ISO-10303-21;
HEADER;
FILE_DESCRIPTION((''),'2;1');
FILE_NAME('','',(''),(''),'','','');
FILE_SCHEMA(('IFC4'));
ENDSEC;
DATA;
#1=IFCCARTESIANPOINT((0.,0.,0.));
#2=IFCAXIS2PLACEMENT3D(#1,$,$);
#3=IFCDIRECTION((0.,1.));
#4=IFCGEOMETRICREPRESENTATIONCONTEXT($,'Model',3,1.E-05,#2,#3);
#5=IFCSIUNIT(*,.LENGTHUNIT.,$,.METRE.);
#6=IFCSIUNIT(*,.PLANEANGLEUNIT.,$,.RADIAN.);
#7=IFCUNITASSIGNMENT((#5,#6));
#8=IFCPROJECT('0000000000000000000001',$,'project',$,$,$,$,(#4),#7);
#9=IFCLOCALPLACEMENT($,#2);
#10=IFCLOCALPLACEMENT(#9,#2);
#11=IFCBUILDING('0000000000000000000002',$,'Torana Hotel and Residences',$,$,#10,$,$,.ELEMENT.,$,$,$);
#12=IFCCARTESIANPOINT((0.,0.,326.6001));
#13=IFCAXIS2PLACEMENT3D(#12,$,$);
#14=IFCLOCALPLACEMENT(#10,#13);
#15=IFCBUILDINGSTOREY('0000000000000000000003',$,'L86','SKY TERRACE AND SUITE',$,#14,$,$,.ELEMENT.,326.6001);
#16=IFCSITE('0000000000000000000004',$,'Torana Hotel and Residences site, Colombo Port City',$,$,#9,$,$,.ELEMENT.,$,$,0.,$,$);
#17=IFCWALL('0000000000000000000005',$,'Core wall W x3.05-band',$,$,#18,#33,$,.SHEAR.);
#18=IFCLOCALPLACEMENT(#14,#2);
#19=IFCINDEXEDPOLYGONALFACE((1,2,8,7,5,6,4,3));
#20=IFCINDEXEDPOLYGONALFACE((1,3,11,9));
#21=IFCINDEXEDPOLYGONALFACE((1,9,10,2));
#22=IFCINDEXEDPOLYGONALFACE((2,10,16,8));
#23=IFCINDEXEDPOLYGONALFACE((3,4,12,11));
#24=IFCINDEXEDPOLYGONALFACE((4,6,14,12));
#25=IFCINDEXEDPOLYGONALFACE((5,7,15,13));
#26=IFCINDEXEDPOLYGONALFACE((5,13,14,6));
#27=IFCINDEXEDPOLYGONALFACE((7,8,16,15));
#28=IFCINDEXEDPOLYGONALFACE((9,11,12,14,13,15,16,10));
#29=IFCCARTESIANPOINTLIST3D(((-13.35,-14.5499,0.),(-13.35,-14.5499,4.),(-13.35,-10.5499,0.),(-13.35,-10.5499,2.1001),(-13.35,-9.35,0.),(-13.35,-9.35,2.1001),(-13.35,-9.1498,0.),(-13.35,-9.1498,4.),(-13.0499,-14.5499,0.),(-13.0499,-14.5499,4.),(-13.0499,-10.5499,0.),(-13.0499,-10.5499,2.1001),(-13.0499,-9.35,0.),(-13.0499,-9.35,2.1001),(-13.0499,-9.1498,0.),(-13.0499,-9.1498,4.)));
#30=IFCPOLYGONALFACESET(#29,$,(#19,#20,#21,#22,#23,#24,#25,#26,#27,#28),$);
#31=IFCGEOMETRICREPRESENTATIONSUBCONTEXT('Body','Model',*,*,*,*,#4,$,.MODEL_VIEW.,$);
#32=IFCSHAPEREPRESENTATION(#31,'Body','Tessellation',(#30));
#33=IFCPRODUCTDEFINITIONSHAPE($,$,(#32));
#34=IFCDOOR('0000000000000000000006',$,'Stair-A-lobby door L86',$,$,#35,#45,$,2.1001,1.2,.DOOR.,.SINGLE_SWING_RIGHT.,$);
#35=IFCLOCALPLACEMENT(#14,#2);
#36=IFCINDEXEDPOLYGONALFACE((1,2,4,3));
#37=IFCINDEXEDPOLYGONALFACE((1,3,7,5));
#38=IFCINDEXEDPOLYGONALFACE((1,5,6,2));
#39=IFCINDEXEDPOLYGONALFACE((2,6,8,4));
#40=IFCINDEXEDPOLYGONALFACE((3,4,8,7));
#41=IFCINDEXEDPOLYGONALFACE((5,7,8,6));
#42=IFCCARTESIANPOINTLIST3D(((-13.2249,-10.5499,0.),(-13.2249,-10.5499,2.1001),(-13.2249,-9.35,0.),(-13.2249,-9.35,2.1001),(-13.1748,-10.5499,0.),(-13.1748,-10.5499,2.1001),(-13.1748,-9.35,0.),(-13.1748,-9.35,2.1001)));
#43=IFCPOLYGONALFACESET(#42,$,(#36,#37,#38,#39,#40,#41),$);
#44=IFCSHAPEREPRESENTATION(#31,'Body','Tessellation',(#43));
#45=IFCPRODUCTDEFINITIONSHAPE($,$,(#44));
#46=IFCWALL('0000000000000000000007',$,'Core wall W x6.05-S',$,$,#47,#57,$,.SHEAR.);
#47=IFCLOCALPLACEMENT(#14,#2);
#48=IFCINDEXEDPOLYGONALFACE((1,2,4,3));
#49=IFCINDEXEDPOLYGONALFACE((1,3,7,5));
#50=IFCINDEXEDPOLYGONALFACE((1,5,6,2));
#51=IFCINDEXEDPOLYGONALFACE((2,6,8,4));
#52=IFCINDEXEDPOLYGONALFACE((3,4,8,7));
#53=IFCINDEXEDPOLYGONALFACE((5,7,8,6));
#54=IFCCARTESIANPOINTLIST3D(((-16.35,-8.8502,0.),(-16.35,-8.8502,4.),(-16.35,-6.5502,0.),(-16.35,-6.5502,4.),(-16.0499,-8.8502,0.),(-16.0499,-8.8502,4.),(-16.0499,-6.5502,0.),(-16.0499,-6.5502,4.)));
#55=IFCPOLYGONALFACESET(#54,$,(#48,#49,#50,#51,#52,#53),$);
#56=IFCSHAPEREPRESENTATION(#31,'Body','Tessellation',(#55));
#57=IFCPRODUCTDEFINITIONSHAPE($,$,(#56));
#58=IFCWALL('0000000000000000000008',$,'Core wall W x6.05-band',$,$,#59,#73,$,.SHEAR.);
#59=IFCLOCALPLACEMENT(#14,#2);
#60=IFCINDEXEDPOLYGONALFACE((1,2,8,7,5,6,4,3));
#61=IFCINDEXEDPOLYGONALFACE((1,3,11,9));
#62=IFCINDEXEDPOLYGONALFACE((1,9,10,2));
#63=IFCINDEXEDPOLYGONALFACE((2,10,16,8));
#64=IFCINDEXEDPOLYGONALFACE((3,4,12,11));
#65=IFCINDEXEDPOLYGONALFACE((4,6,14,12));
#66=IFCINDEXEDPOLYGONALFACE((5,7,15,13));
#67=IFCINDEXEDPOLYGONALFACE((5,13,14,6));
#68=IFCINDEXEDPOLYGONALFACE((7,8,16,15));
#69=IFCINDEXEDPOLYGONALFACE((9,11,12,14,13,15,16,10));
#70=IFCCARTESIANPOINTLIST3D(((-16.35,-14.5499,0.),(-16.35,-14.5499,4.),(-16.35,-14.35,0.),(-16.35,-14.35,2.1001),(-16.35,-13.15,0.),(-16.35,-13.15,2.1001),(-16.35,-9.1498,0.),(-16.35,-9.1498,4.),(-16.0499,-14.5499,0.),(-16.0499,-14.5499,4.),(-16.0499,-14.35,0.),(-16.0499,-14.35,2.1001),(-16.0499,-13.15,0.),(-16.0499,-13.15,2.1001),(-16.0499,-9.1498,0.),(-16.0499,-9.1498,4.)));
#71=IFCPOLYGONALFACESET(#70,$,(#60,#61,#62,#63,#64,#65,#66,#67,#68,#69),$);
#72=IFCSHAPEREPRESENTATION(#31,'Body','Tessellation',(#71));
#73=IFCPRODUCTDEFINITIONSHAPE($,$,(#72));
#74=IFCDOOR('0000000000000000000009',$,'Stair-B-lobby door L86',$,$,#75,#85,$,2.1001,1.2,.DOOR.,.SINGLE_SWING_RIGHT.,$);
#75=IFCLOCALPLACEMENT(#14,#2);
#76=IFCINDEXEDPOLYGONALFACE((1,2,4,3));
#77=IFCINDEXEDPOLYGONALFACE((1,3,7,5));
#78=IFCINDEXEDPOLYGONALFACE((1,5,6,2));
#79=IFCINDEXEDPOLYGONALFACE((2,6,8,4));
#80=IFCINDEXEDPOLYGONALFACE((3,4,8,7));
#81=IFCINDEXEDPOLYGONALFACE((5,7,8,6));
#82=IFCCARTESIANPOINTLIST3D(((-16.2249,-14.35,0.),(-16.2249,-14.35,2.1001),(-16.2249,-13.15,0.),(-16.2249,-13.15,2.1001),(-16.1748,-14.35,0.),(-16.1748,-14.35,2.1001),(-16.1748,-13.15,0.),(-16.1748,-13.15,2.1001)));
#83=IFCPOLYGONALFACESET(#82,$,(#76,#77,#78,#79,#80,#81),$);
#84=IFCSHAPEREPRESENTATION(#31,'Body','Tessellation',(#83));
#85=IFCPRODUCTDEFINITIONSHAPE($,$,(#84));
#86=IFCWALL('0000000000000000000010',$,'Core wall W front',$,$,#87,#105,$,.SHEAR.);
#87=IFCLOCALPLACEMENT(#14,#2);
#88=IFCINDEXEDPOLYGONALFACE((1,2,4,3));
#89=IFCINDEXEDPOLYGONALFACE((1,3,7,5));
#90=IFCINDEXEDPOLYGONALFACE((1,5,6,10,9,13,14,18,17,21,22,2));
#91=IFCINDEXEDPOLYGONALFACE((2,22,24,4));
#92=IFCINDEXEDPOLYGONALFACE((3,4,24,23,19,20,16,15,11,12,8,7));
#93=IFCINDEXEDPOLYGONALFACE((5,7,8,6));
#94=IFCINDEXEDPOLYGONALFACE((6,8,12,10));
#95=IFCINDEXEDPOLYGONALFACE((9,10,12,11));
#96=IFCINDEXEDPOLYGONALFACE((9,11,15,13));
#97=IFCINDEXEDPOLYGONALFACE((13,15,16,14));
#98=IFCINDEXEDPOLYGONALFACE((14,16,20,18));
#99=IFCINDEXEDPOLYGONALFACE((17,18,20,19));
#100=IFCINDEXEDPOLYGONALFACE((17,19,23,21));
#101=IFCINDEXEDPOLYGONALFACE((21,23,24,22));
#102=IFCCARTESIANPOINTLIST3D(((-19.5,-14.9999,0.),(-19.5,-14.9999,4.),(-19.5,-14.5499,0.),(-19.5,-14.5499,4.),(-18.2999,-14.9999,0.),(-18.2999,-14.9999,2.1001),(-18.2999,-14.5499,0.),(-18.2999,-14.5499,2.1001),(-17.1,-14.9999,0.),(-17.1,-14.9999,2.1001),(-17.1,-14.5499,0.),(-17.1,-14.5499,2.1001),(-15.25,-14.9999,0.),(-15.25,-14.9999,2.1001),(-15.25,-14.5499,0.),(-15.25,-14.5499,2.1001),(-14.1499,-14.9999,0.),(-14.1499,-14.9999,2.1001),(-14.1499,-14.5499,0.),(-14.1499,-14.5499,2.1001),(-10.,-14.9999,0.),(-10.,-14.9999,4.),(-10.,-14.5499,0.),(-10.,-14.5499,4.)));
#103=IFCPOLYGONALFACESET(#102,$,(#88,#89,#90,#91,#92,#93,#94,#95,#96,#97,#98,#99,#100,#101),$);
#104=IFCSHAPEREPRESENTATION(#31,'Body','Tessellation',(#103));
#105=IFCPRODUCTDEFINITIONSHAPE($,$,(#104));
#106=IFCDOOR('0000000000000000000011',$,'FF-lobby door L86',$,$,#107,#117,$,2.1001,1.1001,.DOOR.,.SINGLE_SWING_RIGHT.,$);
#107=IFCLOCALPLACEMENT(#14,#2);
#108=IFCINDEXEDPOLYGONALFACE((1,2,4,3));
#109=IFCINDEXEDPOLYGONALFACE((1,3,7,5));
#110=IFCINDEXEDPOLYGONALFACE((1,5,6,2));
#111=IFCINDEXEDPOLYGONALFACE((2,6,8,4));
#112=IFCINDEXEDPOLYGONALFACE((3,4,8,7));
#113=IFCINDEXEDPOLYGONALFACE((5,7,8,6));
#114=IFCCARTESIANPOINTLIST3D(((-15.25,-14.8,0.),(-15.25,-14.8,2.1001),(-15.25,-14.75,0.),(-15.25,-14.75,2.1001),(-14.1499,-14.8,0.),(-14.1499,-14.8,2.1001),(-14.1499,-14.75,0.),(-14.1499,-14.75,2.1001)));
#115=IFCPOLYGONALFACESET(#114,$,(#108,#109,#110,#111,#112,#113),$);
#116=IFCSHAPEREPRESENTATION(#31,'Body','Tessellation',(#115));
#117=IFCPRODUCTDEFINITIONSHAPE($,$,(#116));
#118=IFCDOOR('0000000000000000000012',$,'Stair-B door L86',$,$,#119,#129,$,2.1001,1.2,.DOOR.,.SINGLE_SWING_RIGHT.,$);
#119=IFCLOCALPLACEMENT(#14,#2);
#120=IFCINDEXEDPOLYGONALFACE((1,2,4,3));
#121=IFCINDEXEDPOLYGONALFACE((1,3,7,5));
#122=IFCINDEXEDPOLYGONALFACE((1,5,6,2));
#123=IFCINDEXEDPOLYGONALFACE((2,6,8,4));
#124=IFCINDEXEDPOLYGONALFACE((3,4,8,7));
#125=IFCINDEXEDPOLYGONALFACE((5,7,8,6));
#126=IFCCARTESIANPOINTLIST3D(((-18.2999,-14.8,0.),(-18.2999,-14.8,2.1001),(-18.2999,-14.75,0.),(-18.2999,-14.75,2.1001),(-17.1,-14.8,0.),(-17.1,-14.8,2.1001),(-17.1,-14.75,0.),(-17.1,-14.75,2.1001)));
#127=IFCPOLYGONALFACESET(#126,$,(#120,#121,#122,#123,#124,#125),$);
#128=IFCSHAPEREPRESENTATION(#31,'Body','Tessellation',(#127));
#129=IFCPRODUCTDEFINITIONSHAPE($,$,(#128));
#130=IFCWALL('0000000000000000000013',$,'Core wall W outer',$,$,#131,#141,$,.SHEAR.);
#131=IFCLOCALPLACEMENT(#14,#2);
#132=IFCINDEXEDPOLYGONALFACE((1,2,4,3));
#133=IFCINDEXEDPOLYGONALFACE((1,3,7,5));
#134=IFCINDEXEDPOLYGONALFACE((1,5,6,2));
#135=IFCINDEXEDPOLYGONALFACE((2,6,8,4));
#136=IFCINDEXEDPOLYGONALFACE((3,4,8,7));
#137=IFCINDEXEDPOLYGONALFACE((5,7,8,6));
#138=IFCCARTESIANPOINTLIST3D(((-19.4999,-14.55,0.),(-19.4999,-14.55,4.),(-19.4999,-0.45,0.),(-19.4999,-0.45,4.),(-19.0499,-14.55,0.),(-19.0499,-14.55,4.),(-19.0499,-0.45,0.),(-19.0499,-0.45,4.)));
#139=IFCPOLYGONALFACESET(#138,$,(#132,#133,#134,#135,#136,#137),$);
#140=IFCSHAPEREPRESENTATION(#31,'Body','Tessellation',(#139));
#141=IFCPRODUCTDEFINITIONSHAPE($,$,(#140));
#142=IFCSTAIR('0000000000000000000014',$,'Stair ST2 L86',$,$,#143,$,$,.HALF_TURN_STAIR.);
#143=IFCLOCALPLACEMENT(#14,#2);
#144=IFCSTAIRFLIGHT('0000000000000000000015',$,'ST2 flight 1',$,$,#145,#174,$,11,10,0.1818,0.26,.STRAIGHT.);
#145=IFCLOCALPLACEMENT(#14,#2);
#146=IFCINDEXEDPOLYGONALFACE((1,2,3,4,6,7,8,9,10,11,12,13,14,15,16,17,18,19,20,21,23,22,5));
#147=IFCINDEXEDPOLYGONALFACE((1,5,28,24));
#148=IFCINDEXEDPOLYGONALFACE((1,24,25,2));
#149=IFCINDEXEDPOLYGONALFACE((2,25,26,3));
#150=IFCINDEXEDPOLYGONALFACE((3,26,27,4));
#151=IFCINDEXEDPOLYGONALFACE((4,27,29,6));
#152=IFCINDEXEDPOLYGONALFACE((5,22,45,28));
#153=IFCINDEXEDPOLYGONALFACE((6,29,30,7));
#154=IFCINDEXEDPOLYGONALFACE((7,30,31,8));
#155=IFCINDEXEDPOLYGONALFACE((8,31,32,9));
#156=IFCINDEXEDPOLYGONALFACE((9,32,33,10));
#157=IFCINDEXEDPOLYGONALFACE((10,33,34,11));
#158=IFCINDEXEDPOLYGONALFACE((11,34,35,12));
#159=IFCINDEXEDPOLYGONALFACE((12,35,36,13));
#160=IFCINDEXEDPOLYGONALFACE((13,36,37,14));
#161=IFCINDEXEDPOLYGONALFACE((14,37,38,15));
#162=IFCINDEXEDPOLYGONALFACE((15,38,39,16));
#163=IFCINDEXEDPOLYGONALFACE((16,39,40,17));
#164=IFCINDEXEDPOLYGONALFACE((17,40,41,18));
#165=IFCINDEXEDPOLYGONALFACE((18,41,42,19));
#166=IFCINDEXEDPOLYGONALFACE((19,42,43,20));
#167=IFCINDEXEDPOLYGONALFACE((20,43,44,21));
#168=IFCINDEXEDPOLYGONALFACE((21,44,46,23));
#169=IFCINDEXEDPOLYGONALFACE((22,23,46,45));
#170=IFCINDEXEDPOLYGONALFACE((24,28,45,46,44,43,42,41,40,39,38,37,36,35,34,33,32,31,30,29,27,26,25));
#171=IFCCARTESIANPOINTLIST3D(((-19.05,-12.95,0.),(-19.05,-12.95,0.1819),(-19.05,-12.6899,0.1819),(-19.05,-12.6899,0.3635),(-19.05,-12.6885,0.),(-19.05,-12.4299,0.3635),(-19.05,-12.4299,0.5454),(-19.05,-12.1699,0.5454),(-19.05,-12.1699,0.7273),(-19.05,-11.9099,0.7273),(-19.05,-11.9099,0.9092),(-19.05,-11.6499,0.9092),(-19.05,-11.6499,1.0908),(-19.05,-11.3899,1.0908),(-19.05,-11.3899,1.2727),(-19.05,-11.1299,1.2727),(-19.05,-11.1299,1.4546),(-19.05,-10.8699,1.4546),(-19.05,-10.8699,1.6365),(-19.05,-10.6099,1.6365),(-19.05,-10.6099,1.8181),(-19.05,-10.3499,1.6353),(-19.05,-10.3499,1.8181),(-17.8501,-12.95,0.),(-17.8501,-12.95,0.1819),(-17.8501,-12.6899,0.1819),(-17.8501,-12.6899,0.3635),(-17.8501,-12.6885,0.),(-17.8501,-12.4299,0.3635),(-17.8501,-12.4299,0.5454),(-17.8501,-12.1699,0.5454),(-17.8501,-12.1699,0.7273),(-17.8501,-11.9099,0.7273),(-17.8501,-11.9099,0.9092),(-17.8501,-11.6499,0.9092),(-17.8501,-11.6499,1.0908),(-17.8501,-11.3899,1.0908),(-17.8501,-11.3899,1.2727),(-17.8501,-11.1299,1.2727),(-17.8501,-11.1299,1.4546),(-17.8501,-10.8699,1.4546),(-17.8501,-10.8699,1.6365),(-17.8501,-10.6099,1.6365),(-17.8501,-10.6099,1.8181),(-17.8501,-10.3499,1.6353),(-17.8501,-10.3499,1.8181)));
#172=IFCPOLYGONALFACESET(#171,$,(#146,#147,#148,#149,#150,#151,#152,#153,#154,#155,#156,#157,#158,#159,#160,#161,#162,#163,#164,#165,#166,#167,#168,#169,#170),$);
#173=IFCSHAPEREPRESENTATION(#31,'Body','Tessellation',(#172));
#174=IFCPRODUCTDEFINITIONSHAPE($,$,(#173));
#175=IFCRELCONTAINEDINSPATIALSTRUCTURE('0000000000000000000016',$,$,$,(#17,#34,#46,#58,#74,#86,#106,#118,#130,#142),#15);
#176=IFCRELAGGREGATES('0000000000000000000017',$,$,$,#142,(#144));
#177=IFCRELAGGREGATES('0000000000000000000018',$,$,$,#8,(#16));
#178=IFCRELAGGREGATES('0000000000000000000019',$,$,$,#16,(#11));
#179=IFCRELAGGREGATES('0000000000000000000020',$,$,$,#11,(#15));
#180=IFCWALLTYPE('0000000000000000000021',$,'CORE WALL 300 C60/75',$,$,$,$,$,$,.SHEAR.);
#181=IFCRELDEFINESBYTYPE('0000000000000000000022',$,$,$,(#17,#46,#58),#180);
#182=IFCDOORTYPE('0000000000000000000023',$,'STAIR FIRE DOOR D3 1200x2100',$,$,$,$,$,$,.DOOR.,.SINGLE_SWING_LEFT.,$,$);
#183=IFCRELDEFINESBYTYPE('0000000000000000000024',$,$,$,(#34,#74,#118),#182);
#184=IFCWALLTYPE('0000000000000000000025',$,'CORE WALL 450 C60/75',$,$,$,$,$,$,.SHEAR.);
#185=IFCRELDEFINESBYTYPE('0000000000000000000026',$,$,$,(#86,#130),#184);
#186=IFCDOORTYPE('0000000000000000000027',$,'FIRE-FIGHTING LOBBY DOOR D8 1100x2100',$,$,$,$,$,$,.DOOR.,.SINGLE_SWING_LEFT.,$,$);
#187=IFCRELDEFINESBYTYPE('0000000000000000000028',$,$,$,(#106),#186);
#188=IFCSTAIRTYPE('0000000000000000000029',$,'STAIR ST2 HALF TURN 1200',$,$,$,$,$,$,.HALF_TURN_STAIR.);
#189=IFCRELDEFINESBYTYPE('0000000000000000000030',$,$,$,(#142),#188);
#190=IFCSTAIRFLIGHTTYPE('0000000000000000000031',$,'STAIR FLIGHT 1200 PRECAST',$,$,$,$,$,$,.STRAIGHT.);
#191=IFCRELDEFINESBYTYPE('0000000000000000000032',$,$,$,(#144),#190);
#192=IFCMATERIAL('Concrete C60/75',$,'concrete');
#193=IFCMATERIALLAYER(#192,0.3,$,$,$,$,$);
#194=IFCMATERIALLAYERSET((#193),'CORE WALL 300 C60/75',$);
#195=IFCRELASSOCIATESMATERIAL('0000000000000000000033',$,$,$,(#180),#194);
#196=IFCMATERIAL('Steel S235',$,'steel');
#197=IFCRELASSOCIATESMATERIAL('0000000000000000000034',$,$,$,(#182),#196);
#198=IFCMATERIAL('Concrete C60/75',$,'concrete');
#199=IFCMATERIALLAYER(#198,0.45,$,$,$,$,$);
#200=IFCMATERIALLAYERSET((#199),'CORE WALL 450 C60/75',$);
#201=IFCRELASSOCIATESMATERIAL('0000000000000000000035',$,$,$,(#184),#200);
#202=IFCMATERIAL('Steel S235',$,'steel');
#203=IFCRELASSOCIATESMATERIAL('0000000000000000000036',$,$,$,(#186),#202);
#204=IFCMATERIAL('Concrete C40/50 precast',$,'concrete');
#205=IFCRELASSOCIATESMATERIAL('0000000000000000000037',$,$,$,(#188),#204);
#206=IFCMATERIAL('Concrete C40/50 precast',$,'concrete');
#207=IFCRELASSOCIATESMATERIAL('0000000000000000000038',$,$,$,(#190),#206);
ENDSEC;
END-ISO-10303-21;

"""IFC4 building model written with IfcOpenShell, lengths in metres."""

from ifc_helpers import new_model, si_unit, direction, frame, frame_2d, origin, place, context, subcontext, project, spatial, polyline, rectangle, outline, extrude, material, layer, layer_set, type_object, element, fill, aggregate, save


model = new_model("IFC4")

# Units and contexts
model_context = context("Model", 3, precision=1e-05, world=origin(), true_north=direction((0.0, 1.0)))
body_context = subcontext(model_context, "Body", "Model", "MODEL_VIEW")
ifc_project = project(units=[si_unit("LENGTHUNIT", "METRE"), si_unit("PLANEANGLEUNIT", "RADIAN")], contexts=[model_context])

# Site, building, storey
site_placement = place(None, origin())
site = spatial("IfcSite", under=ifc_project, at=site_placement, Name="Torana Hotel and Residences site, Colombo Port City", CompositionType="ELEMENT", RefElevation=0.0)
building_placement = place(site_placement, origin())
building = spatial("IfcBuilding", under=site, at=building_placement, Name="Torana Hotel and Residences", CompositionType="ELEMENT")
storey_placement = place(building_placement, frame((0.0, 0.0, 326.6001)))
storey = spatial("IfcBuildingStorey", under=building, at=storey_placement, Name="L86", Description="SKY TERRACE AND SUITE", CompositionType="ELEMENT", Elevation=326.6001)

# Wall, opening, door
ifc_material_1 = material(Name="Concrete C60/75", Category="concrete")
ifc_layer_1 = layer(ifc_material_1, 0.3)
ifc_layer_set_1 = layer_set([ifc_layer_1], Name="CORE WALL 300 C60/75")
wall_type_1 = type_object("IfcWallType", Name="CORE WALL 300 C60/75", PredefinedType="SHEAR", material=ifc_layer_set_1)
wall_1_placement = place(storey_placement, frame((-13.2, -14.55, 0.0), z_axis=(0.0, 0.0, 1.0), x_axis=(0.0, 1.0, 0.0)))
wall_1 = element("IfcWall", 1, at=wall_1_placement, inside=storey, type_object=wall_type_1, Name="Core wall W x3.05-band", PredefinedType="SHEAR", context=body_context, shape_type="SweptSolid", body=[
    extrude(rectangle(XDim=5.4001, YDim=0.3, at=frame_2d((2.7002, 0.0))), origin(), (0.0, 0.0, 1.0), 4.0),
])
opening_1_placement = place(wall_1_placement, frame((4.0, 0.0, 0.0)))
opening_1 = element("IfcOpeningElement", 2, at=opening_1_placement, cuts=wall_1, PredefinedType="OPENING", context=body_context, shape_type="SweptSolid", body=[
    extrude(rectangle(XDim=1.2, YDim=2.1001, at=frame_2d((0.6001, 1.05))), frame((0.0, 0.1599, 0.0), z_axis=(0.0, -1.0, 0.0), x_axis=(1.0, 0.0, 0.0)), (0.0, 0.0, 1.0), 0.3201),
])
ifc_material_2 = material(Name="Steel S235", Category="steel")
door_type_1 = type_object("IfcDoorType", Name="STAIR FIRE DOOR D3 1200x2100", OperationType="SINGLE_SWING_LEFT", PredefinedType="DOOR", material=ifc_material_2)
door_1_placement = place(opening_1_placement, frame((0.6001, 0.0, 0.0), z_axis=(0.0, 0.0, 1.0), x_axis=(-1.0, 0.0, 0.0)))
door_1 = element("IfcDoor", 3, at=door_1_placement, inside=storey, type_object=door_type_1, Name="Stair-A-lobby door L86", OperationType="SINGLE_SWING_RIGHT", OverallHeight=2.1001, OverallWidth=1.2, PredefinedType="DOOR", context=body_context, shape_type="SweptSolid", body=[
    extrude(rectangle(XDim=1.2, YDim=2.1001, at=frame_2d((0.0, 1.05))), frame((0.0, -0.0249, 0.0), z_axis=(0.0, 1.0, 0.0), x_axis=(-1.0, 0.0, 0.0)), (0.0, 0.0, 1.0), 0.05),
])
fill(opening_1, door_1)

# Wall
wall_2_placement = place(storey_placement, frame((-16.2, -8.8501, 0.0), z_axis=(0.0, 0.0, 1.0), x_axis=(0.0, 1.0, 0.0)))
element("IfcWall", 4, at=wall_2_placement, inside=storey, type_object=wall_type_1, Name="Core wall W x6.05-S", PredefinedType="SHEAR", context=body_context, shape_type="SweptSolid", body=[
    extrude(rectangle(XDim=2.3, YDim=0.3, at=frame_2d((1.1499, 0.0))), origin(), (0.0, 0.0, 1.0), 4.0),
])

# Wall, opening, door
wall_3_placement = place(storey_placement, frame((-16.2, -14.55, 0.0), z_axis=(0.0, 0.0, 1.0), x_axis=(0.0, 1.0, 0.0)))
wall_3 = element("IfcWall", 5, at=wall_3_placement, inside=storey, type_object=wall_type_1, Name="Core wall W x6.05-band", PredefinedType="SHEAR", context=body_context, shape_type="SweptSolid", body=[
    extrude(rectangle(XDim=5.4001, YDim=0.3, at=frame_2d((2.7002, 0.0))), origin(), (0.0, 0.0, 1.0), 4.0),
])
opening_2_placement = place(wall_3_placement, frame((0.2, 0.0, 0.0)))
opening_2 = element("IfcOpeningElement", 6, at=opening_2_placement, cuts=wall_3, PredefinedType="OPENING", context=body_context, shape_type="SweptSolid", body=[
    extrude(rectangle(XDim=1.2, YDim=2.1001, at=frame_2d((0.6001, 1.05))), frame((0.0, 0.1599, 0.0), z_axis=(0.0, -1.0, 0.0), x_axis=(1.0, 0.0, 0.0)), (0.0, 0.0, 1.0), 0.3201),
])
door_2_placement = place(opening_2_placement, origin())
door_2 = element("IfcDoor", 7, at=door_2_placement, inside=storey, type_object=door_type_1, Name="Stair-B-lobby door L86", OperationType="SINGLE_SWING_RIGHT", OverallHeight=2.1001, OverallWidth=1.2, PredefinedType="DOOR", context=body_context, shape_type="SweptSolid", body=[
    extrude(rectangle(XDim=1.2, YDim=2.1001, at=frame_2d((0.6001, 1.05))), frame((0.0, 0.0249, 0.0), z_axis=(0.0, -1.0, 0.0), x_axis=(1.0, 0.0, 0.0)), (0.0, 0.0, 1.0), 0.05),
])
fill(opening_2, door_2)

# Wall, openings, doors
ifc_material_3 = material(Name="Concrete C60/75", Category="concrete")
ifc_layer_2 = layer(ifc_material_3, 0.45)
ifc_layer_set_2 = layer_set([ifc_layer_2], Name="CORE WALL 450 C60/75")
wall_type_2 = type_object("IfcWallType", Name="CORE WALL 450 C60/75", PredefinedType="SHEAR", material=ifc_layer_set_2)
wall_4_placement = place(storey_placement, frame((-19.5, -14.7749, 0.0), z_axis=(0.0, 0.0, 1.0), x_axis=(1.0, 0.0, 0.0)))
wall_4 = element("IfcWall", 8, at=wall_4_placement, inside=storey, type_object=wall_type_2, Name="Core wall W front", PredefinedType="SHEAR", context=body_context, shape_type="SweptSolid", body=[
    extrude(rectangle(XDim=9.5, YDim=0.45, at=frame_2d((4.75, 0.0))), origin(), (0.0, 0.0, 1.0), 4.0),
])
opening_3_placement = place(wall_4_placement, frame((1.2, 0.0, 0.0)))
opening_3 = element("IfcOpeningElement", 9, at=opening_3_placement, cuts=wall_4, PredefinedType="OPENING", context=body_context, shape_type="SweptSolid", body=[
    extrude(rectangle(XDim=1.2, YDim=2.1001, at=frame_2d((0.6001, 1.05))), frame((0.0, 0.2349, 0.0), z_axis=(0.0, -1.0, 0.0), x_axis=(1.0, 0.0, 0.0)), (0.0, 0.0, 1.0), 0.47),
])
opening_4_placement = place(wall_4_placement, frame((4.25, 0.0, 0.0)))
opening_4 = element("IfcOpeningElement", 10, at=opening_4_placement, cuts=wall_4, PredefinedType="OPENING", context=body_context, shape_type="SweptSolid", body=[
    extrude(rectangle(XDim=1.1001, YDim=2.1001, at=frame_2d((0.55, 1.05))), frame((0.0, 0.2349, 0.0), z_axis=(0.0, -1.0, 0.0), x_axis=(1.0, 0.0, 0.0)), (0.0, 0.0, 1.0), 0.47),
])
ifc_material_4 = material(Name="Steel S235", Category="steel")
door_type_2 = type_object("IfcDoorType", Name="FIRE-FIGHTING LOBBY DOOR D8 1100x2100", OperationType="SINGLE_SWING_LEFT", PredefinedType="DOOR", material=ifc_material_4)
door_3_placement = place(opening_4_placement, origin())
door_3 = element("IfcDoor", 11, at=door_3_placement, inside=storey, type_object=door_type_2, Name="FF-lobby door L86", OperationType="SINGLE_SWING_RIGHT", OverallHeight=2.1001, OverallWidth=1.1001, PredefinedType="DOOR", context=body_context, shape_type="SweptSolid", body=[
    extrude(rectangle(XDim=1.1001, YDim=2.1001, at=frame_2d((0.55, 1.05))), frame((0.0, 0.0249, 0.0), z_axis=(0.0, -1.0, 0.0), x_axis=(1.0, 0.0, 0.0)), (0.0, 0.0, 1.0), 0.05),
])
fill(opening_4, door_3)
door_4_placement = place(opening_3_placement, origin())
door_4 = element("IfcDoor", 12, at=door_4_placement, inside=storey, type_object=door_type_1, Name="Stair-B door L86", OperationType="SINGLE_SWING_RIGHT", OverallHeight=2.1001, OverallWidth=1.2, PredefinedType="DOOR", context=body_context, shape_type="SweptSolid", body=[
    extrude(rectangle(XDim=1.2, YDim=2.1001, at=frame_2d((0.6001, 1.05))), frame((0.0, 0.0249, 0.0), z_axis=(0.0, -1.0, 0.0), x_axis=(1.0, 0.0, 0.0)), (0.0, 0.0, 1.0), 0.05),
])
fill(opening_3, door_4)

# Wall
wall_5_placement = place(storey_placement, frame((-19.2749, -14.55, 0.0), z_axis=(0.0, 0.0, 1.0), x_axis=(0.0, 1.0, 0.0)))
element("IfcWall", 13, at=wall_5_placement, inside=storey, type_object=wall_type_2, Name="Core wall W outer", PredefinedType="SHEAR", context=body_context, shape_type="SweptSolid", body=[
    extrude(rectangle(XDim=14.1001, YDim=0.45, at=frame_2d((7.05, 0.0))), origin(), (0.0, 0.0, 1.0), 4.0),
])

# Stair, stair flight
ifc_material_5 = material(Name="Concrete C40/50 precast", Category="concrete")
stair_type = type_object("IfcStairType", Name="STAIR ST2 HALF TURN 1200", PredefinedType="HALF_TURN_STAIR", material=ifc_material_5)
stair_placement = place(storey_placement, origin())
stair = element("IfcStair", 14, at=stair_placement, inside=storey, type_object=stair_type, Name="Stair ST2 L86", PredefinedType="HALF_TURN_STAIR")
ifc_material_6 = material(Name="Concrete C40/50 precast", Category="concrete")
stair_flight_type = type_object("IfcStairFlightType", Name="STAIR FLIGHT 1200 PRECAST", PredefinedType="STRAIGHT", material=ifc_material_6)
stair_flight_1_placement = place(storey_placement, frame((-18.45, -12.95, 0.0), z_axis=(0.0, 0.0, 1.0), x_axis=(0.0, 1.0, 0.0)))
stair_flight_1 = element("IfcStairFlight", 15, at=stair_flight_1_placement, type_object=stair_flight_type, Name="ST2 flight 1", NumberOfRisers=11, NumberOfTreads=10, PredefinedType="STRAIGHT", RiserHeight=0.1818, TreadLength=0.26, context=body_context, shape_type="SweptSolid", body=[
    extrude(outline(polyline([(0.0, 0.0), (0.0, 0.1819), (0.26, 0.1819), (0.26, 0.3635), (0.52, 0.3635), (0.52, 0.5454), (0.78, 0.5454), (0.78, 0.7273), (1.04, 0.7273), (1.04, 0.9092), (1.3, 0.9092), (1.3, 1.0908), (1.5601, 1.0908), (1.5601, 1.2727), (1.8201, 1.2727), (1.8201, 1.4546), (2.0801, 1.4546), (2.0801, 1.6365), (2.3401, 1.6365), (2.3401, 1.8181), (2.6001, 1.8181), (2.6001, 2.0), (2.6001, 1.6353), (0.2615, 0.0), (0.0, 0.0)])), frame((0.0, 0.6001, 0.0), z_axis=(0.0, -1.0, 0.0), x_axis=(1.0, 0.0, 0.0)), (0.0, 0.0, 1.0), 1.2),
])
aggregate(stair, [stair_flight_1])

save(model, "model.ifc")
